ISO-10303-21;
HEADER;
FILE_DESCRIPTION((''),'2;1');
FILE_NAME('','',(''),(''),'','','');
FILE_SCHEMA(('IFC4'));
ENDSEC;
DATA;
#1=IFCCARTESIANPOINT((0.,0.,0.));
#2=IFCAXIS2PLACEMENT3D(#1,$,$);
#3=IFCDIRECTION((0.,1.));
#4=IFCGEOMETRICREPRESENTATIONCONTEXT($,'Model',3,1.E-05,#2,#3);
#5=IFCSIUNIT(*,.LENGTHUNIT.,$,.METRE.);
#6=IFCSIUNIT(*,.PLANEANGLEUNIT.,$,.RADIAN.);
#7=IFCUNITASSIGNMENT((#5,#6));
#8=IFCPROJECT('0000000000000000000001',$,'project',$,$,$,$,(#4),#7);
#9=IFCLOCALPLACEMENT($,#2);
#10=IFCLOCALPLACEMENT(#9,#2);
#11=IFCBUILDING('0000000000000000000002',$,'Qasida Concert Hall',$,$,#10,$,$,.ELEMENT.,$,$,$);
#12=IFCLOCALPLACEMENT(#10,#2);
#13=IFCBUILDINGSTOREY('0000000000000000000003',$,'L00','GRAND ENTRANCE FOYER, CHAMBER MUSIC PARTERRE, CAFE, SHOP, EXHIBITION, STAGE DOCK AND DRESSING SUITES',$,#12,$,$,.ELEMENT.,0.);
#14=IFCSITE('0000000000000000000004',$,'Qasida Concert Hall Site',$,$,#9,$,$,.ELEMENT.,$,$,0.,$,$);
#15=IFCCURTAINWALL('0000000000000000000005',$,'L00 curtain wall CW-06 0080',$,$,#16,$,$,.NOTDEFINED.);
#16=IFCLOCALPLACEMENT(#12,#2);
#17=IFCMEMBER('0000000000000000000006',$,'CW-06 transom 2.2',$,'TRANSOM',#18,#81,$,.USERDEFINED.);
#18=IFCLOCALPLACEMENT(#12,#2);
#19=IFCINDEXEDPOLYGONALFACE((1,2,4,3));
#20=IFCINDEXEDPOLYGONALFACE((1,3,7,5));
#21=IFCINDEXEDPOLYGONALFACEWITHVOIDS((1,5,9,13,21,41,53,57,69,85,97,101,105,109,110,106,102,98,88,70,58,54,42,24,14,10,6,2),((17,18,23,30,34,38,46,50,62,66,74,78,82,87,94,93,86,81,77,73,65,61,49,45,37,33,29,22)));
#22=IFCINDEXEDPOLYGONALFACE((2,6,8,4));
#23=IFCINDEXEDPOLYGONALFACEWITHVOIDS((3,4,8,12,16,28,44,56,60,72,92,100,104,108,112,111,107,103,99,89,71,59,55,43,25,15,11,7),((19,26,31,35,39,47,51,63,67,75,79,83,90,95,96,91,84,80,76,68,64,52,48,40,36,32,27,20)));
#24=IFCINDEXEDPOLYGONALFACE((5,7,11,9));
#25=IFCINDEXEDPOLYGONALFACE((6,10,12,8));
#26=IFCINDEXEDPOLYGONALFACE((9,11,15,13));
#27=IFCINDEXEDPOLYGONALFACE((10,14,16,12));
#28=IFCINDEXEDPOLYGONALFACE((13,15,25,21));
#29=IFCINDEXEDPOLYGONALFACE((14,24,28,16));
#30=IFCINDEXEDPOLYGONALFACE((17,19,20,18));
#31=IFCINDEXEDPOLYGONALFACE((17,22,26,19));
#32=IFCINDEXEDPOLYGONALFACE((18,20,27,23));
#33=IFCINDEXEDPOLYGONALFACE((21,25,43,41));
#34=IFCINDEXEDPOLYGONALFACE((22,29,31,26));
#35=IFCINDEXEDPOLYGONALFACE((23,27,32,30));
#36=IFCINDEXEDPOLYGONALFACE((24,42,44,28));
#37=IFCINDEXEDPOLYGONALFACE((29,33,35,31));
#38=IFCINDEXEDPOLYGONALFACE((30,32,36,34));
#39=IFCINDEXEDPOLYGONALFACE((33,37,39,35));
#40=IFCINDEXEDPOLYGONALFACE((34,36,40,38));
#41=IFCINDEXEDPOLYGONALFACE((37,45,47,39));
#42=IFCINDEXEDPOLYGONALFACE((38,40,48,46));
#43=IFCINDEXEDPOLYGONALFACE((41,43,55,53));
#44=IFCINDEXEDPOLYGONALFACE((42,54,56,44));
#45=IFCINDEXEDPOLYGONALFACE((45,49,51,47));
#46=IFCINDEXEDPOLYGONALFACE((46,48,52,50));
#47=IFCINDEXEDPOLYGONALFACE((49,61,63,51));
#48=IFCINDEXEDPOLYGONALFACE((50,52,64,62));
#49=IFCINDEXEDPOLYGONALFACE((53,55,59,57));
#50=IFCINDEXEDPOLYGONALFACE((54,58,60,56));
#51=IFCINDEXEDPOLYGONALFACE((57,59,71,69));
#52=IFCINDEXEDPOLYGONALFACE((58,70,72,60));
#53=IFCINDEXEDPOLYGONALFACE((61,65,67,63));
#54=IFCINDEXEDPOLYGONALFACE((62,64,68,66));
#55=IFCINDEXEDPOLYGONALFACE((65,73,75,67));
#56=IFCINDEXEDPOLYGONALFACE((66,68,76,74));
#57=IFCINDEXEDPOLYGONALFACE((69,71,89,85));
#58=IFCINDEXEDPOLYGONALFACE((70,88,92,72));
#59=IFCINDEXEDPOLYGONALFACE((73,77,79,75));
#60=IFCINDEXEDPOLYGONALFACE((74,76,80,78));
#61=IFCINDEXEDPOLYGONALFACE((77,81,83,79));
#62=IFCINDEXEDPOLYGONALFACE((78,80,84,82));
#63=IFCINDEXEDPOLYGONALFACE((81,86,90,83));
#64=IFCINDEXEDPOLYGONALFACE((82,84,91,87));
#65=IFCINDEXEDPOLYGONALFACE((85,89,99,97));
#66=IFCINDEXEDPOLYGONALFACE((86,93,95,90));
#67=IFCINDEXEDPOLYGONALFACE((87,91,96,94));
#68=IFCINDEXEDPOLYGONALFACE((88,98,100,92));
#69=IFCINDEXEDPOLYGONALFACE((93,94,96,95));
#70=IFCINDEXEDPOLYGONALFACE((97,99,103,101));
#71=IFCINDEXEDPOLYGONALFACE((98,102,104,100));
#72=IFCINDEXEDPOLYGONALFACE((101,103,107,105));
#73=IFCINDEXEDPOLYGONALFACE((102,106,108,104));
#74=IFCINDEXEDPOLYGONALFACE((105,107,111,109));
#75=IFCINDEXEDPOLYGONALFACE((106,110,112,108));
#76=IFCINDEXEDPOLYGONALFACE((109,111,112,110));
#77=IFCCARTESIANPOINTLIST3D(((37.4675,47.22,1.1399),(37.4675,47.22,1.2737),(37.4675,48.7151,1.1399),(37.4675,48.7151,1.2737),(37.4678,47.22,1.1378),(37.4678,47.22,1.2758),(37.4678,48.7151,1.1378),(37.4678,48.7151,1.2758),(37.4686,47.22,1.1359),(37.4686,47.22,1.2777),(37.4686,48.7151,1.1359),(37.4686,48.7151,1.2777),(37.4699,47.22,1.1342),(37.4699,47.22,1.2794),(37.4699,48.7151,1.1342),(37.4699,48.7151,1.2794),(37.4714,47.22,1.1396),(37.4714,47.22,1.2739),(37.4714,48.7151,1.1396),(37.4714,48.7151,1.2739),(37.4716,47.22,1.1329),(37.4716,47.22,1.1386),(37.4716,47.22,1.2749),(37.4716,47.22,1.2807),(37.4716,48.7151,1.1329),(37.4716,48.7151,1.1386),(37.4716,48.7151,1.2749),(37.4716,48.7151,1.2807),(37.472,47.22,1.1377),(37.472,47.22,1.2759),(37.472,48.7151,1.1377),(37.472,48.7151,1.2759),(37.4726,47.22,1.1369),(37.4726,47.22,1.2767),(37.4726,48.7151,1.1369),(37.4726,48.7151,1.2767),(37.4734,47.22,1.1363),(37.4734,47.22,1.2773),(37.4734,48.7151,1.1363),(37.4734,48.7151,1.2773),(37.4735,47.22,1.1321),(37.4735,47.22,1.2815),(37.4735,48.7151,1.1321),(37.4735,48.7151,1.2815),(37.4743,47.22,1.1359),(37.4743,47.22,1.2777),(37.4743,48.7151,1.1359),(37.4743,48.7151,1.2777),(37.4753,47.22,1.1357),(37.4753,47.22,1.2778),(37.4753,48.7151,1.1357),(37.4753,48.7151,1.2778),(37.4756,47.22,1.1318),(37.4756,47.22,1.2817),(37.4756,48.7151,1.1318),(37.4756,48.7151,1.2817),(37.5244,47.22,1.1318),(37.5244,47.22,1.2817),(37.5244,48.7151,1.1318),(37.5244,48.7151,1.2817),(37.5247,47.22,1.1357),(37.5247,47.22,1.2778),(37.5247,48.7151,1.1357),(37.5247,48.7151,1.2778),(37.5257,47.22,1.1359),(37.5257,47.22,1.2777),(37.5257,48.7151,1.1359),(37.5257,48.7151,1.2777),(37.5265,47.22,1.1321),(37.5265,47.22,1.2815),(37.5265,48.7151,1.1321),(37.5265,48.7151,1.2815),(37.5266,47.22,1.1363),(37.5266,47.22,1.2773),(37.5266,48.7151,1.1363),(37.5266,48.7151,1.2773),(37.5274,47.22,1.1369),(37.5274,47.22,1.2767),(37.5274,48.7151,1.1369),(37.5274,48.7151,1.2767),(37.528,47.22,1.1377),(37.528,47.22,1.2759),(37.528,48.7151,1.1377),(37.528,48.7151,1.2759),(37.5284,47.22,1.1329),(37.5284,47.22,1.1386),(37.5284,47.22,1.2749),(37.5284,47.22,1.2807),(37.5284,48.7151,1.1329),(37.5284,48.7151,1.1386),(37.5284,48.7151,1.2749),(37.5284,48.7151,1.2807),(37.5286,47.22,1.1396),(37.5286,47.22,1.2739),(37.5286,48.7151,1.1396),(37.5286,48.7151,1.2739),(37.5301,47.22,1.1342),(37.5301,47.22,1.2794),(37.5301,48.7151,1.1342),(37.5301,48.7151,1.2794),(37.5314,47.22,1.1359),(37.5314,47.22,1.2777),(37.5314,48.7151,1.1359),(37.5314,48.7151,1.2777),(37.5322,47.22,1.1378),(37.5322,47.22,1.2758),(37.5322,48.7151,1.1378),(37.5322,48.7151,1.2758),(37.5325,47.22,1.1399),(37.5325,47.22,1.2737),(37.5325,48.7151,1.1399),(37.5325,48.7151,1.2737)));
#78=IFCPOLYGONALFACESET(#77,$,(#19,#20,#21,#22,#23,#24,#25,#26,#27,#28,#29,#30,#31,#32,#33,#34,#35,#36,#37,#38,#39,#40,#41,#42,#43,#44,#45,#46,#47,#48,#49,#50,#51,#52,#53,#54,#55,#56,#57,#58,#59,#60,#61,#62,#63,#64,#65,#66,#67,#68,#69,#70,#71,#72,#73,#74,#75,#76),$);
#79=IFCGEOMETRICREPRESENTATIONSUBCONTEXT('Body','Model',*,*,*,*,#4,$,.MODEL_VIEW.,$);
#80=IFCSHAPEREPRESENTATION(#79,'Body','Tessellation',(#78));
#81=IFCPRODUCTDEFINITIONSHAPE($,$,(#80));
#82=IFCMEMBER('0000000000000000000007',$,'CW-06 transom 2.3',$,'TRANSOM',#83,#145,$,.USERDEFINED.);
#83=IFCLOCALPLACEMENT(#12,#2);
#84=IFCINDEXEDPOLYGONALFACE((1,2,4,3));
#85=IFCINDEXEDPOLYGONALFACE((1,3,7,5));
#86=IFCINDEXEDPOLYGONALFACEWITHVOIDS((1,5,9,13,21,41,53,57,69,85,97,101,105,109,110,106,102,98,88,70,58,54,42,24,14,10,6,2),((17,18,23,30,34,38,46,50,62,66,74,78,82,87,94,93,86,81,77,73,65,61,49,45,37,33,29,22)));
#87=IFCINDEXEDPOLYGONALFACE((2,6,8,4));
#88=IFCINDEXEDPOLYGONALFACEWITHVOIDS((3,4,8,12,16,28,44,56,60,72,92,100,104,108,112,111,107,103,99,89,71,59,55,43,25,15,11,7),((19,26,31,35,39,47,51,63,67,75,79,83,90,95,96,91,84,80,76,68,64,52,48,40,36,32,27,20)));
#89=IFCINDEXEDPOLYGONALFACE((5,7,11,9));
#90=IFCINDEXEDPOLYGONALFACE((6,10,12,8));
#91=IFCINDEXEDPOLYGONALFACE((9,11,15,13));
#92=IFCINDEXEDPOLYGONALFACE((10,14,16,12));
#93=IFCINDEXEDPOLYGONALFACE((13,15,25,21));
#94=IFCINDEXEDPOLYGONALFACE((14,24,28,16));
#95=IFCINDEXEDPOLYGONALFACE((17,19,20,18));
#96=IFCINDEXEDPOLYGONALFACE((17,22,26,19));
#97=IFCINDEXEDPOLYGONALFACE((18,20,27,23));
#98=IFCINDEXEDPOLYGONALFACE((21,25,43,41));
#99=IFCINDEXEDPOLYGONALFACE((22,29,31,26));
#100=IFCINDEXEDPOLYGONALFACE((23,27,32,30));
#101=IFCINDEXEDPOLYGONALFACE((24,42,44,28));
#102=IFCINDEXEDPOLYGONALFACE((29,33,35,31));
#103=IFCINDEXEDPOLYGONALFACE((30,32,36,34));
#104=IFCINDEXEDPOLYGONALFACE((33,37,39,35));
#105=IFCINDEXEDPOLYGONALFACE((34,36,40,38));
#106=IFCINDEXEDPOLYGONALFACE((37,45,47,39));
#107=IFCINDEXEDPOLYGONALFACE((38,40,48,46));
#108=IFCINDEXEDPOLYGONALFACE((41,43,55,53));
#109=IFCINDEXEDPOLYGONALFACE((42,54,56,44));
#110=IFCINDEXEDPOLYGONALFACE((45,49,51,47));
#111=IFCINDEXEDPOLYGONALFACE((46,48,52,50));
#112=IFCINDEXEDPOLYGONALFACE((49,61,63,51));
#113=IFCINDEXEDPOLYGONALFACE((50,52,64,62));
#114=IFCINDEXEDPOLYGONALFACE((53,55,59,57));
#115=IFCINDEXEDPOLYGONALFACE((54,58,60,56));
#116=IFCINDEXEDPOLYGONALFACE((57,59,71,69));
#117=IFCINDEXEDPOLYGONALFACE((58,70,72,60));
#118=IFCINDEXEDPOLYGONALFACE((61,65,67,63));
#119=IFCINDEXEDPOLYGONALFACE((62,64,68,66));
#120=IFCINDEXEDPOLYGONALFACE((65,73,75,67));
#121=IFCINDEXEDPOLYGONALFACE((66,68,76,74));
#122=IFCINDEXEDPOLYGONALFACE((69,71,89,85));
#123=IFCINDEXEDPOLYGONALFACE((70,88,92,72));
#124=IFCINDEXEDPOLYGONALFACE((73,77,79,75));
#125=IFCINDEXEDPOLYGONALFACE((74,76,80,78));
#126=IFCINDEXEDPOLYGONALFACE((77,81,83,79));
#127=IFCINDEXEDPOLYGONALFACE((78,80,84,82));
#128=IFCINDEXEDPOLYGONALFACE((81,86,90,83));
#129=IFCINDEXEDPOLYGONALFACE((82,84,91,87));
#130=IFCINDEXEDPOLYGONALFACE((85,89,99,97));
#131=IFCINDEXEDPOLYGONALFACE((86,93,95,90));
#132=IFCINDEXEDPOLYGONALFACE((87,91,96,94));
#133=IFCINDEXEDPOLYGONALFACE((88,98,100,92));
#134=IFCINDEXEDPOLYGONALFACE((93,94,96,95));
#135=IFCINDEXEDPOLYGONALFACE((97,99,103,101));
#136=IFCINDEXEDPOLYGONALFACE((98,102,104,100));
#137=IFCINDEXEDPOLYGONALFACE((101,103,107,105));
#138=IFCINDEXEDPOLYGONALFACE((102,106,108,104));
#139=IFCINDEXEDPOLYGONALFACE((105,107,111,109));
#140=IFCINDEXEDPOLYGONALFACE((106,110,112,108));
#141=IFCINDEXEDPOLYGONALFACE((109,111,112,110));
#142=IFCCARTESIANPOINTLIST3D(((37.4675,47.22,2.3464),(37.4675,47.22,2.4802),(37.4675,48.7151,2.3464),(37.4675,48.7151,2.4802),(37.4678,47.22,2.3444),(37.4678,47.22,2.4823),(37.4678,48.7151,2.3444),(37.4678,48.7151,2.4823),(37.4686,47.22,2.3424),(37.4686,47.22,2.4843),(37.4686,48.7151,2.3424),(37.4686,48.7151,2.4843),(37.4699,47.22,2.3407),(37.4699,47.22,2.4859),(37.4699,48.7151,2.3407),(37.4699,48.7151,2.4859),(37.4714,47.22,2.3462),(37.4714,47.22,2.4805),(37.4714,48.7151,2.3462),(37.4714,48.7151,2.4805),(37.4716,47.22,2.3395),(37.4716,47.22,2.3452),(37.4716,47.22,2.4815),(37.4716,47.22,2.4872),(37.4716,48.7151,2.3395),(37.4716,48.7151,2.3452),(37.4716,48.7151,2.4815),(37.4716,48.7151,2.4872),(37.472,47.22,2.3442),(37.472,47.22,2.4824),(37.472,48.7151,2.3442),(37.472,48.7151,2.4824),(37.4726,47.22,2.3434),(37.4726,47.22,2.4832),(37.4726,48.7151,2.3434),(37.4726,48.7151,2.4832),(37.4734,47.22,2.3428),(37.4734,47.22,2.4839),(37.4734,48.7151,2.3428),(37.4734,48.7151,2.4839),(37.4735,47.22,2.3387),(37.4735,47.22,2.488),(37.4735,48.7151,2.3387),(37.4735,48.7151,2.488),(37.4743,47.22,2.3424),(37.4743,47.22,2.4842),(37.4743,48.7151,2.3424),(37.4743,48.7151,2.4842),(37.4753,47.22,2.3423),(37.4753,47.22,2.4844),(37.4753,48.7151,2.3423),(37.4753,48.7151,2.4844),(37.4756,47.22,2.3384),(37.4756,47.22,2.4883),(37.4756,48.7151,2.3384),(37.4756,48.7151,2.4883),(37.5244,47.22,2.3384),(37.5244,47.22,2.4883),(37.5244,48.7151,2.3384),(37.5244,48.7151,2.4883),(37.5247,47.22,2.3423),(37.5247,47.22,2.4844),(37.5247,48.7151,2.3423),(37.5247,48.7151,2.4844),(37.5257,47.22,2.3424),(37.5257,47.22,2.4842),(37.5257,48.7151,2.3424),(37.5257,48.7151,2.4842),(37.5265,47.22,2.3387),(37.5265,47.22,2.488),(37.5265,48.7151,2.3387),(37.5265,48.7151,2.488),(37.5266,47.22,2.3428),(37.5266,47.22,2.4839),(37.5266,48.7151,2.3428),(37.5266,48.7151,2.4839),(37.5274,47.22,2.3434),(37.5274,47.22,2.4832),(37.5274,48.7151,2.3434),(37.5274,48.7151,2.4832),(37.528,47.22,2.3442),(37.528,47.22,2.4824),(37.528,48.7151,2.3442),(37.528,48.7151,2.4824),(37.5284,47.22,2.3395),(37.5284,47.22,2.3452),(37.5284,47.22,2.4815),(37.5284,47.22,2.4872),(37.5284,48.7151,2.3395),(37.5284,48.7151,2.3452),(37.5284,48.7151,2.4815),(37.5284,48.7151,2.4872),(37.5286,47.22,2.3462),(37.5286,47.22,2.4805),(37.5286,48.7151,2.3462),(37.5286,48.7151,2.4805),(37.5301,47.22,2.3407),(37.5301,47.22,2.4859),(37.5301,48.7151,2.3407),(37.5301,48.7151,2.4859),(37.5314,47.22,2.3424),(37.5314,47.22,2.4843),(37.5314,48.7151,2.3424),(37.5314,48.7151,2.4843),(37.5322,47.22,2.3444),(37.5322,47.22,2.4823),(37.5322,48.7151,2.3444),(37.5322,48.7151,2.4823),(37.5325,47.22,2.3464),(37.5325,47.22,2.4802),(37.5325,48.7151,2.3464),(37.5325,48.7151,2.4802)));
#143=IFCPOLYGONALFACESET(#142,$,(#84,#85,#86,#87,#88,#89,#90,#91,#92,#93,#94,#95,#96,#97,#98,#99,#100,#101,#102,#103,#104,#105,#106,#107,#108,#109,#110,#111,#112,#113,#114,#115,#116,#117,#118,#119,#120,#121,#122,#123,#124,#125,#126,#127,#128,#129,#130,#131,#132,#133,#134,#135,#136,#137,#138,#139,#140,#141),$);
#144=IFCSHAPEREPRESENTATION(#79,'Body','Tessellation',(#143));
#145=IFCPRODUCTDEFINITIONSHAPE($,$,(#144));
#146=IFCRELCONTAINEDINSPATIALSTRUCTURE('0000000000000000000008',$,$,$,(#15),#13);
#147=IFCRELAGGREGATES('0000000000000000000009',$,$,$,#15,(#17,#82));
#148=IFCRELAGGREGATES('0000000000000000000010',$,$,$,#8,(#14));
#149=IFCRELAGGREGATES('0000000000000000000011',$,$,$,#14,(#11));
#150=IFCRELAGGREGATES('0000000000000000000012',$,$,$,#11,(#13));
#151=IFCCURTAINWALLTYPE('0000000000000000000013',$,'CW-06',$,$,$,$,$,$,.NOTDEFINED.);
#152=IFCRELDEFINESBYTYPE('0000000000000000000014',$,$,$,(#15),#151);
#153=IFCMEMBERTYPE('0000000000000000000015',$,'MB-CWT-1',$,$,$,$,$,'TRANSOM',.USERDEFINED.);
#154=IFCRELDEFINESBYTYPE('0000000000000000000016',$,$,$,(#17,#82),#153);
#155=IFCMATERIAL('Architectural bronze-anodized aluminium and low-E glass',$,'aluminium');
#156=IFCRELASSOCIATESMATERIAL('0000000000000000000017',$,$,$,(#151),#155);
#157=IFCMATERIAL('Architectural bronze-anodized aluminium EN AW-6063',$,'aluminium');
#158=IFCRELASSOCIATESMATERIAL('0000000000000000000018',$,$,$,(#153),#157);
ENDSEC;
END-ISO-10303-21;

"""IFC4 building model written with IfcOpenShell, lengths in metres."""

from ifc_helpers import new_model, si_unit, direction, frame, origin, origin_2d, place, context, subcontext, project, spatial, hollow_rectangle, extrude, material, material_profile, profile_set, type_object, element, aggregate, save


model = new_model("IFC4")

# Units and contexts
model_context = context("Model", 3, precision=1e-05, world=origin(), true_north=direction((0.0, 1.0)))
body_context = subcontext(model_context, "Body", "Model", "MODEL_VIEW")
ifc_project = project(units=[si_unit("LENGTHUNIT", "METRE"), si_unit("PLANEANGLEUNIT", "RADIAN")], contexts=[model_context])

# Site, building, storey
site_placement = place(None, origin())
site = spatial("IfcSite", under=ifc_project, at=site_placement, Name="Qasida Concert Hall Site", CompositionType="ELEMENT", RefElevation=0.0)
building_placement = place(site_placement, origin())
building = spatial("IfcBuilding", under=site, at=building_placement, Name="Qasida Concert Hall", CompositionType="ELEMENT")
storey_placement = place(building_placement, origin())
storey = spatial("IfcBuildingStorey", under=building, at=storey_placement, Name="L00", Description="GRAND ENTRANCE FOYER, CHAMBER MUSIC PARTERRE, CAFE, SHOP, EXHIBITION, STAGE DOCK AND DRESSING SUITES", CompositionType="ELEMENT", Elevation=0.0)

# Shared definitions
ifc_material_1 = material(Name="Architectural bronze-anodized aluminium and low-E glass", Category="aluminium")
curtain_wall_type = type_object("IfcCurtainWallType", Name="CW-06", PredefinedType="NOTDEFINED", material=ifc_material_1)
ifc_material_2 = material(Name="Architectural bronze-anodized aluminium EN AW-6063", Category="aluminium")

# Curtain wall
curtain_wall_1_placement = place(storey_placement, origin())
curtain_wall_1 = element("IfcCurtainWall", 1, at=curtain_wall_1_placement, inside=storey, type_object=curtain_wall_type, Name="L00 curtain wall CW-06 0080", PredefinedType="NOTDEFINED")

# Members
ifc_material_profile_1 = material_profile(ifc_material_2, hollow_rectangle(XDim=0.0649, YDim=0.1499, WallThickness=0.0039, InnerFilletRadius=0.0039, OuterFilletRadius=0.0081, at=origin_2d()), Name="CWT 150x65x4")
ifc_profile_set_1 = profile_set([ifc_material_profile_1], Name="Architectural bronze-anodized aluminium EN AW-6063")
member_type_1 = type_object("IfcMemberType", Name="MB-CWT-1", ElementType="TRANSOM", PredefinedType="USERDEFINED", material=ifc_profile_set_1)
member_1_placement = place(storey_placement, frame((37.5, 47.22, 1.2068), z_axis=(0.0, 1.0, 0.0), x_axis=(-1.0, 0.0, 0.0)))
member_1 = element("IfcMember", 2, at=member_1_placement, type_object=member_type_1, Name="CW-06 transom 2.2", ObjectType="TRANSOM", PredefinedType="USERDEFINED", context=body_context, shape_type="SweptSolid", body=[
    extrude(hollow_rectangle(XDim=0.0649, YDim=0.1499, WallThickness=0.0039, InnerFilletRadius=0.0039, OuterFilletRadius=0.0081, at=origin_2d()), origin(), (0.0, 0.0, 1.0), 1.4951),
])
member_2_placement = place(storey_placement, frame((37.5, 47.22, 2.4133), z_axis=(0.0, 1.0, 0.0), x_axis=(-1.0, 0.0, 0.0)))
member_2 = element("IfcMember", 3, at=member_2_placement, type_object=member_type_1, Name="CW-06 transom 2.3", ObjectType="TRANSOM", PredefinedType="USERDEFINED", context=body_context, shape_type="SweptSolid", body=[
    extrude(hollow_rectangle(XDim=0.0649, YDim=0.1499, WallThickness=0.0039, InnerFilletRadius=0.0039, OuterFilletRadius=0.0081, at=origin_2d()), origin(), (0.0, 0.0, 1.0), 1.4951),
])

aggregate(curtain_wall_1, [member_1, member_2])

save(model, "model.ifc")
